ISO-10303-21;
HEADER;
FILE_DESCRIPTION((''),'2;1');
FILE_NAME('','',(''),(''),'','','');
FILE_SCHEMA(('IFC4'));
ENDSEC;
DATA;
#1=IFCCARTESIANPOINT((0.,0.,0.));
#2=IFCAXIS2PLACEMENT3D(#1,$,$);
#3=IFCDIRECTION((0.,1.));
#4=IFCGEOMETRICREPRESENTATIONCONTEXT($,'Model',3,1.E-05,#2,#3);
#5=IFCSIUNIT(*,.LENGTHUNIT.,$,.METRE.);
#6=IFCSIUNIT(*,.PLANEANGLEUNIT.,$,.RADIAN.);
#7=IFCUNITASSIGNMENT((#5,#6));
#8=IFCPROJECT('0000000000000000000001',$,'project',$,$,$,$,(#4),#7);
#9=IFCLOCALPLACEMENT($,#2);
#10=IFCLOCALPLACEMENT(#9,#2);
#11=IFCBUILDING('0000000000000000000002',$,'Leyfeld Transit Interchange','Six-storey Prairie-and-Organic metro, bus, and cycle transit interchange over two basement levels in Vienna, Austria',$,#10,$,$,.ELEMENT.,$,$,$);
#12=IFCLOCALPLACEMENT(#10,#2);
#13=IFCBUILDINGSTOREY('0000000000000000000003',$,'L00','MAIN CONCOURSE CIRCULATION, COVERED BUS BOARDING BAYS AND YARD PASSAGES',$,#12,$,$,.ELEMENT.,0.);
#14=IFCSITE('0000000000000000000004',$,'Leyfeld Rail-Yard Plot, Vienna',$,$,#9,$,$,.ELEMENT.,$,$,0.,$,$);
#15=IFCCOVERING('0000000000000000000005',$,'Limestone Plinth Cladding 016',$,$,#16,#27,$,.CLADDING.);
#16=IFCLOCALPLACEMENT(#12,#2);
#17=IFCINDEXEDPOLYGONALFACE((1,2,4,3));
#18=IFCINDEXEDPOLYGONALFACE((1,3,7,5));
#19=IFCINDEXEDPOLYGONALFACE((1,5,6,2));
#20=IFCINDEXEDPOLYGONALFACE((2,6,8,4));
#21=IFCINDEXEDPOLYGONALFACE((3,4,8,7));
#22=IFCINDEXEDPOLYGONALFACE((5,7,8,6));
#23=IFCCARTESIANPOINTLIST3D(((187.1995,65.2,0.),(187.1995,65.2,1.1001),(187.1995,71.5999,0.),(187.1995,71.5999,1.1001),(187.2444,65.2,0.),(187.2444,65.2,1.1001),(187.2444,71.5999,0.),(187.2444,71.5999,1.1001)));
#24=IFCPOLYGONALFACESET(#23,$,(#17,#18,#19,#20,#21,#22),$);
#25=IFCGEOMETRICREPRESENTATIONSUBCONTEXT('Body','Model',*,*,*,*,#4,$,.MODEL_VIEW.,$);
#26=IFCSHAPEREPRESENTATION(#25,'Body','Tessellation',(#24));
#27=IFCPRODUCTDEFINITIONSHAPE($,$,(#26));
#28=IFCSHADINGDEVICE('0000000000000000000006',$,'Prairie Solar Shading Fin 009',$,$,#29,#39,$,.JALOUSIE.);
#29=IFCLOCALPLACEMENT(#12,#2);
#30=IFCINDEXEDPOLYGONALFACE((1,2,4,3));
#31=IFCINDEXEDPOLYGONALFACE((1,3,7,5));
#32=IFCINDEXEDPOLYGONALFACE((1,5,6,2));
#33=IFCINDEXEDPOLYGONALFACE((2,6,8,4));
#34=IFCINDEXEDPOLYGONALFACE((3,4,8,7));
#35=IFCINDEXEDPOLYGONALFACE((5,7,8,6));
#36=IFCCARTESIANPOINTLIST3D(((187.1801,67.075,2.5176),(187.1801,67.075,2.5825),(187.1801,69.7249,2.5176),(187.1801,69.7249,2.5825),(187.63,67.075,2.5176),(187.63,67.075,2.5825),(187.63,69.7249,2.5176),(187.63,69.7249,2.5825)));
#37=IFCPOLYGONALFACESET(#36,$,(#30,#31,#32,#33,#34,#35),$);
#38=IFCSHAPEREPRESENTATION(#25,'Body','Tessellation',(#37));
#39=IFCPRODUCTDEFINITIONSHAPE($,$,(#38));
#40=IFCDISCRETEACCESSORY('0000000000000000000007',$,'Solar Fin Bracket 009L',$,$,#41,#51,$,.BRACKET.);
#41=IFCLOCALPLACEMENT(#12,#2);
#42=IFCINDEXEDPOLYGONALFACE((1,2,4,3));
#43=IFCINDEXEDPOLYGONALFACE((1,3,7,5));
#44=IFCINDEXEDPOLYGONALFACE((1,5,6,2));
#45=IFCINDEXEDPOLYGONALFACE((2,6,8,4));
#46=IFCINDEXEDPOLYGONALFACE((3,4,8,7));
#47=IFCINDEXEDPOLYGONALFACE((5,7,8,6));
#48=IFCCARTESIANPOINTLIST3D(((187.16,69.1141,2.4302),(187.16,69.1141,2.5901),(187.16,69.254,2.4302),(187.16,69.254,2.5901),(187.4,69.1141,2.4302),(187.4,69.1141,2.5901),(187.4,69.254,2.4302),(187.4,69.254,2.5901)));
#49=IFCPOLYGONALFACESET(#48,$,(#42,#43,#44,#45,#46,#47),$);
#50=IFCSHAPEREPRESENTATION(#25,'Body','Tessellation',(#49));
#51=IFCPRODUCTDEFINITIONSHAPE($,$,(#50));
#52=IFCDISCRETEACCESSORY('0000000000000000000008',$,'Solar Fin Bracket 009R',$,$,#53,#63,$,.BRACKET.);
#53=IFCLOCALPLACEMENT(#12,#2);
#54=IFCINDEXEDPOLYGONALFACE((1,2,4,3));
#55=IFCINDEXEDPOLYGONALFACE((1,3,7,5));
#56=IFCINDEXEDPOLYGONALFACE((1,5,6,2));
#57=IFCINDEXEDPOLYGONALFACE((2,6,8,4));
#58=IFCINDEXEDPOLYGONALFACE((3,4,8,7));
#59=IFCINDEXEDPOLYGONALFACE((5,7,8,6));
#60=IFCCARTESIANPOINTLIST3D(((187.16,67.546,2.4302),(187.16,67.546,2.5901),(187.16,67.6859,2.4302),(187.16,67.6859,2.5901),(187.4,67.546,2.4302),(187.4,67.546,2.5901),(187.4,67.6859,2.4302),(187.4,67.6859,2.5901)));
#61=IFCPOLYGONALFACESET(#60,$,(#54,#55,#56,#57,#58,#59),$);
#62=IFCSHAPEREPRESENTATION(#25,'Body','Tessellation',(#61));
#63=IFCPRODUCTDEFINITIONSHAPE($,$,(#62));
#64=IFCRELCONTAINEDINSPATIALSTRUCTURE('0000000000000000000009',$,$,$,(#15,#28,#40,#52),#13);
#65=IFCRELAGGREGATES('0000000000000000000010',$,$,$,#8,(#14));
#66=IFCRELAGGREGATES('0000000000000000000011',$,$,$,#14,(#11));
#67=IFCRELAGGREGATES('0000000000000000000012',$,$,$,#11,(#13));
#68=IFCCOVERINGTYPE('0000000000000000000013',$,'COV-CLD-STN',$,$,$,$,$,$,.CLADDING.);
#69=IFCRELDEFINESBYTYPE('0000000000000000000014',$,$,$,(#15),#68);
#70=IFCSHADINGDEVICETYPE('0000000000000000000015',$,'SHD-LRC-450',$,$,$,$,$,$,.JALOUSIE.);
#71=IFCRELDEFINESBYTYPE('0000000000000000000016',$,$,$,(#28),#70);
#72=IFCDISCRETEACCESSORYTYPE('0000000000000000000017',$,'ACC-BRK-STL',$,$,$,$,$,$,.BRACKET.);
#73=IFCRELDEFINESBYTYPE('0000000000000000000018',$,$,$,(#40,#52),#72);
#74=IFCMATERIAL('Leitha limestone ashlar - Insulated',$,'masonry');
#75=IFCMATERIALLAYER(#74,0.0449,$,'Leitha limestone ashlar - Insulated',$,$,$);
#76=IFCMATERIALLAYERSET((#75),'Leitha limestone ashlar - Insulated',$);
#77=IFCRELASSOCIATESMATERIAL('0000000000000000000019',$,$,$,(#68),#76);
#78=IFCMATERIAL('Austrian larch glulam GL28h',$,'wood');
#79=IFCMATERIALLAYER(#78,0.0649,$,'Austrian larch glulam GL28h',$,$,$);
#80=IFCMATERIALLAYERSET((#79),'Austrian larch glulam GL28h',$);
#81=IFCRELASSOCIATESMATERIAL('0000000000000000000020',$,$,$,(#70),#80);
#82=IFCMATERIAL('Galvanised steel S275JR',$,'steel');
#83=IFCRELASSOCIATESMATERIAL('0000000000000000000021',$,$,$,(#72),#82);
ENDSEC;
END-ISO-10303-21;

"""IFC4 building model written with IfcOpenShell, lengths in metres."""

from ifc_helpers import new_model, si_unit, direction, frame, origin, origin_2d, place, context, subcontext, project, spatial, rectangle, extrude, material, layer, layer_set, type_object, element, save


model = new_model("IFC4")

# Units and contexts
model_context = context("Model", 3, precision=1e-05, world=origin(), true_north=direction((0.0, 1.0)))
body_context = subcontext(model_context, "Body", "Model", "MODEL_VIEW")
ifc_project = project(units=[si_unit("LENGTHUNIT", "METRE"), si_unit("PLANEANGLEUNIT", "RADIAN")], contexts=[model_context])

# Site, building, storey
site_placement = place(None, origin())
site = spatial("IfcSite", under=ifc_project, at=site_placement, Name="Leyfeld Rail-Yard Plot, Vienna", CompositionType="ELEMENT", RefElevation=0.0)
building_placement = place(site_placement, origin())
building = spatial("IfcBuilding", under=site, at=building_placement, Name="Leyfeld Transit Interchange", Description="Six-storey Prairie-and-Organic metro, bus, and cycle transit interchange over two basement levels in Vienna, Austria", CompositionType="ELEMENT")
storey_placement = place(building_placement, origin())
storey = spatial("IfcBuildingStorey", under=building, at=storey_placement, Name="L00", Description="MAIN CONCOURSE CIRCULATION, COVERED BUS BOARDING BAYS AND YARD PASSAGES", CompositionType="ELEMENT", Elevation=0.0)

# Shared definitions
ifc_material_1 = material(Name="Leitha limestone ashlar - Insulated", Category="masonry")

# Shared definitions
ifc_material_2 = material(Name="Austrian larch glulam GL28h", Category="wood")

# Covering
ifc_layer_1 = layer(ifc_material_1, 0.0449, Name="Leitha limestone ashlar - Insulated")
ifc_layer_set_1 = layer_set([ifc_layer_1], Name="Leitha limestone ashlar - Insulated")
covering_type = type_object("IfcCoveringType", Name="COV-CLD-STN", PredefinedType="CLADDING", material=ifc_layer_set_1)
covering_placement = place(storey_placement, frame((187.2219, 68.3999, 0.0), z_axis=(0.0, 0.0, 1.0), x_axis=(0.0, -1.0, 0.0)))
element("IfcCovering", 1, at=covering_placement, inside=storey, type_object=covering_type, Name="Limestone Plinth Cladding 016", PredefinedType="CLADDING", context=body_context, shape_type="SweptSolid", body=[
    extrude(rectangle(XDim=6.3999, YDim=0.0449, at=origin_2d()), origin(), (0.0, 0.0, 1.0), 1.1001),
])

# Shading device
ifc_layer_2 = layer(ifc_material_2, 0.0649, Name="Austrian larch glulam GL28h")
ifc_layer_set_2 = layer_set([ifc_layer_2], Name="Austrian larch glulam GL28h")
shading_device_type = type_object("IfcShadingDeviceType", Name="SHD-LRC-450", PredefinedType="JALOUSIE", material=ifc_layer_set_2)
shading_device_placement = place(storey_placement, frame((187.405, 68.3999, 2.5176), z_axis=(0.0, 0.0, 1.0), x_axis=(0.0, -1.0, 0.0)))
element("IfcShadingDevice", 2, at=shading_device_placement, inside=storey, type_object=shading_device_type, Name="Prairie Solar Shading Fin 009", PredefinedType="JALOUSIE", context=body_context, shape_type="SweptSolid", body=[
    extrude(rectangle(XDim=2.6499, YDim=0.45, at=origin_2d()), origin(), (0.0, 0.0, 1.0), 0.0649),
])

# Discrete accessories
ifc_material_3 = material(Name="Galvanised steel S275JR", Category="steel")
discrete_accessory_type = type_object("IfcDiscreteAccessoryType", Name="ACC-BRK-STL", PredefinedType="BRACKET", material=ifc_material_3)
for number, where, z_axis, x_axis, name in (
    (3, (187.28, 69.1841, 2.4302), (0.0, 0.0, 1.0), (0.0, -1.0, 0.0), "Solar Fin Bracket 009L"),
    (4, (187.28, 67.616, 2.4302), (0.0, 0.0, 1.0), (0.0, -1.0, 0.0), "Solar Fin Bracket 009R"),
):
    element("IfcDiscreteAccessory", number, at=place(storey_placement, frame(where, z_axis=z_axis, x_axis=x_axis)), inside=storey, type_object=discrete_accessory_type, Name=name, PredefinedType="BRACKET", context=body_context, shape_type="SweptSolid", body=[
        extrude(rectangle(XDim=0.1399, YDim=0.24, at=origin_2d()), origin(), (0.0, 0.0, 1.0), 0.1599),
    ])

save(model, "model.ifc")
